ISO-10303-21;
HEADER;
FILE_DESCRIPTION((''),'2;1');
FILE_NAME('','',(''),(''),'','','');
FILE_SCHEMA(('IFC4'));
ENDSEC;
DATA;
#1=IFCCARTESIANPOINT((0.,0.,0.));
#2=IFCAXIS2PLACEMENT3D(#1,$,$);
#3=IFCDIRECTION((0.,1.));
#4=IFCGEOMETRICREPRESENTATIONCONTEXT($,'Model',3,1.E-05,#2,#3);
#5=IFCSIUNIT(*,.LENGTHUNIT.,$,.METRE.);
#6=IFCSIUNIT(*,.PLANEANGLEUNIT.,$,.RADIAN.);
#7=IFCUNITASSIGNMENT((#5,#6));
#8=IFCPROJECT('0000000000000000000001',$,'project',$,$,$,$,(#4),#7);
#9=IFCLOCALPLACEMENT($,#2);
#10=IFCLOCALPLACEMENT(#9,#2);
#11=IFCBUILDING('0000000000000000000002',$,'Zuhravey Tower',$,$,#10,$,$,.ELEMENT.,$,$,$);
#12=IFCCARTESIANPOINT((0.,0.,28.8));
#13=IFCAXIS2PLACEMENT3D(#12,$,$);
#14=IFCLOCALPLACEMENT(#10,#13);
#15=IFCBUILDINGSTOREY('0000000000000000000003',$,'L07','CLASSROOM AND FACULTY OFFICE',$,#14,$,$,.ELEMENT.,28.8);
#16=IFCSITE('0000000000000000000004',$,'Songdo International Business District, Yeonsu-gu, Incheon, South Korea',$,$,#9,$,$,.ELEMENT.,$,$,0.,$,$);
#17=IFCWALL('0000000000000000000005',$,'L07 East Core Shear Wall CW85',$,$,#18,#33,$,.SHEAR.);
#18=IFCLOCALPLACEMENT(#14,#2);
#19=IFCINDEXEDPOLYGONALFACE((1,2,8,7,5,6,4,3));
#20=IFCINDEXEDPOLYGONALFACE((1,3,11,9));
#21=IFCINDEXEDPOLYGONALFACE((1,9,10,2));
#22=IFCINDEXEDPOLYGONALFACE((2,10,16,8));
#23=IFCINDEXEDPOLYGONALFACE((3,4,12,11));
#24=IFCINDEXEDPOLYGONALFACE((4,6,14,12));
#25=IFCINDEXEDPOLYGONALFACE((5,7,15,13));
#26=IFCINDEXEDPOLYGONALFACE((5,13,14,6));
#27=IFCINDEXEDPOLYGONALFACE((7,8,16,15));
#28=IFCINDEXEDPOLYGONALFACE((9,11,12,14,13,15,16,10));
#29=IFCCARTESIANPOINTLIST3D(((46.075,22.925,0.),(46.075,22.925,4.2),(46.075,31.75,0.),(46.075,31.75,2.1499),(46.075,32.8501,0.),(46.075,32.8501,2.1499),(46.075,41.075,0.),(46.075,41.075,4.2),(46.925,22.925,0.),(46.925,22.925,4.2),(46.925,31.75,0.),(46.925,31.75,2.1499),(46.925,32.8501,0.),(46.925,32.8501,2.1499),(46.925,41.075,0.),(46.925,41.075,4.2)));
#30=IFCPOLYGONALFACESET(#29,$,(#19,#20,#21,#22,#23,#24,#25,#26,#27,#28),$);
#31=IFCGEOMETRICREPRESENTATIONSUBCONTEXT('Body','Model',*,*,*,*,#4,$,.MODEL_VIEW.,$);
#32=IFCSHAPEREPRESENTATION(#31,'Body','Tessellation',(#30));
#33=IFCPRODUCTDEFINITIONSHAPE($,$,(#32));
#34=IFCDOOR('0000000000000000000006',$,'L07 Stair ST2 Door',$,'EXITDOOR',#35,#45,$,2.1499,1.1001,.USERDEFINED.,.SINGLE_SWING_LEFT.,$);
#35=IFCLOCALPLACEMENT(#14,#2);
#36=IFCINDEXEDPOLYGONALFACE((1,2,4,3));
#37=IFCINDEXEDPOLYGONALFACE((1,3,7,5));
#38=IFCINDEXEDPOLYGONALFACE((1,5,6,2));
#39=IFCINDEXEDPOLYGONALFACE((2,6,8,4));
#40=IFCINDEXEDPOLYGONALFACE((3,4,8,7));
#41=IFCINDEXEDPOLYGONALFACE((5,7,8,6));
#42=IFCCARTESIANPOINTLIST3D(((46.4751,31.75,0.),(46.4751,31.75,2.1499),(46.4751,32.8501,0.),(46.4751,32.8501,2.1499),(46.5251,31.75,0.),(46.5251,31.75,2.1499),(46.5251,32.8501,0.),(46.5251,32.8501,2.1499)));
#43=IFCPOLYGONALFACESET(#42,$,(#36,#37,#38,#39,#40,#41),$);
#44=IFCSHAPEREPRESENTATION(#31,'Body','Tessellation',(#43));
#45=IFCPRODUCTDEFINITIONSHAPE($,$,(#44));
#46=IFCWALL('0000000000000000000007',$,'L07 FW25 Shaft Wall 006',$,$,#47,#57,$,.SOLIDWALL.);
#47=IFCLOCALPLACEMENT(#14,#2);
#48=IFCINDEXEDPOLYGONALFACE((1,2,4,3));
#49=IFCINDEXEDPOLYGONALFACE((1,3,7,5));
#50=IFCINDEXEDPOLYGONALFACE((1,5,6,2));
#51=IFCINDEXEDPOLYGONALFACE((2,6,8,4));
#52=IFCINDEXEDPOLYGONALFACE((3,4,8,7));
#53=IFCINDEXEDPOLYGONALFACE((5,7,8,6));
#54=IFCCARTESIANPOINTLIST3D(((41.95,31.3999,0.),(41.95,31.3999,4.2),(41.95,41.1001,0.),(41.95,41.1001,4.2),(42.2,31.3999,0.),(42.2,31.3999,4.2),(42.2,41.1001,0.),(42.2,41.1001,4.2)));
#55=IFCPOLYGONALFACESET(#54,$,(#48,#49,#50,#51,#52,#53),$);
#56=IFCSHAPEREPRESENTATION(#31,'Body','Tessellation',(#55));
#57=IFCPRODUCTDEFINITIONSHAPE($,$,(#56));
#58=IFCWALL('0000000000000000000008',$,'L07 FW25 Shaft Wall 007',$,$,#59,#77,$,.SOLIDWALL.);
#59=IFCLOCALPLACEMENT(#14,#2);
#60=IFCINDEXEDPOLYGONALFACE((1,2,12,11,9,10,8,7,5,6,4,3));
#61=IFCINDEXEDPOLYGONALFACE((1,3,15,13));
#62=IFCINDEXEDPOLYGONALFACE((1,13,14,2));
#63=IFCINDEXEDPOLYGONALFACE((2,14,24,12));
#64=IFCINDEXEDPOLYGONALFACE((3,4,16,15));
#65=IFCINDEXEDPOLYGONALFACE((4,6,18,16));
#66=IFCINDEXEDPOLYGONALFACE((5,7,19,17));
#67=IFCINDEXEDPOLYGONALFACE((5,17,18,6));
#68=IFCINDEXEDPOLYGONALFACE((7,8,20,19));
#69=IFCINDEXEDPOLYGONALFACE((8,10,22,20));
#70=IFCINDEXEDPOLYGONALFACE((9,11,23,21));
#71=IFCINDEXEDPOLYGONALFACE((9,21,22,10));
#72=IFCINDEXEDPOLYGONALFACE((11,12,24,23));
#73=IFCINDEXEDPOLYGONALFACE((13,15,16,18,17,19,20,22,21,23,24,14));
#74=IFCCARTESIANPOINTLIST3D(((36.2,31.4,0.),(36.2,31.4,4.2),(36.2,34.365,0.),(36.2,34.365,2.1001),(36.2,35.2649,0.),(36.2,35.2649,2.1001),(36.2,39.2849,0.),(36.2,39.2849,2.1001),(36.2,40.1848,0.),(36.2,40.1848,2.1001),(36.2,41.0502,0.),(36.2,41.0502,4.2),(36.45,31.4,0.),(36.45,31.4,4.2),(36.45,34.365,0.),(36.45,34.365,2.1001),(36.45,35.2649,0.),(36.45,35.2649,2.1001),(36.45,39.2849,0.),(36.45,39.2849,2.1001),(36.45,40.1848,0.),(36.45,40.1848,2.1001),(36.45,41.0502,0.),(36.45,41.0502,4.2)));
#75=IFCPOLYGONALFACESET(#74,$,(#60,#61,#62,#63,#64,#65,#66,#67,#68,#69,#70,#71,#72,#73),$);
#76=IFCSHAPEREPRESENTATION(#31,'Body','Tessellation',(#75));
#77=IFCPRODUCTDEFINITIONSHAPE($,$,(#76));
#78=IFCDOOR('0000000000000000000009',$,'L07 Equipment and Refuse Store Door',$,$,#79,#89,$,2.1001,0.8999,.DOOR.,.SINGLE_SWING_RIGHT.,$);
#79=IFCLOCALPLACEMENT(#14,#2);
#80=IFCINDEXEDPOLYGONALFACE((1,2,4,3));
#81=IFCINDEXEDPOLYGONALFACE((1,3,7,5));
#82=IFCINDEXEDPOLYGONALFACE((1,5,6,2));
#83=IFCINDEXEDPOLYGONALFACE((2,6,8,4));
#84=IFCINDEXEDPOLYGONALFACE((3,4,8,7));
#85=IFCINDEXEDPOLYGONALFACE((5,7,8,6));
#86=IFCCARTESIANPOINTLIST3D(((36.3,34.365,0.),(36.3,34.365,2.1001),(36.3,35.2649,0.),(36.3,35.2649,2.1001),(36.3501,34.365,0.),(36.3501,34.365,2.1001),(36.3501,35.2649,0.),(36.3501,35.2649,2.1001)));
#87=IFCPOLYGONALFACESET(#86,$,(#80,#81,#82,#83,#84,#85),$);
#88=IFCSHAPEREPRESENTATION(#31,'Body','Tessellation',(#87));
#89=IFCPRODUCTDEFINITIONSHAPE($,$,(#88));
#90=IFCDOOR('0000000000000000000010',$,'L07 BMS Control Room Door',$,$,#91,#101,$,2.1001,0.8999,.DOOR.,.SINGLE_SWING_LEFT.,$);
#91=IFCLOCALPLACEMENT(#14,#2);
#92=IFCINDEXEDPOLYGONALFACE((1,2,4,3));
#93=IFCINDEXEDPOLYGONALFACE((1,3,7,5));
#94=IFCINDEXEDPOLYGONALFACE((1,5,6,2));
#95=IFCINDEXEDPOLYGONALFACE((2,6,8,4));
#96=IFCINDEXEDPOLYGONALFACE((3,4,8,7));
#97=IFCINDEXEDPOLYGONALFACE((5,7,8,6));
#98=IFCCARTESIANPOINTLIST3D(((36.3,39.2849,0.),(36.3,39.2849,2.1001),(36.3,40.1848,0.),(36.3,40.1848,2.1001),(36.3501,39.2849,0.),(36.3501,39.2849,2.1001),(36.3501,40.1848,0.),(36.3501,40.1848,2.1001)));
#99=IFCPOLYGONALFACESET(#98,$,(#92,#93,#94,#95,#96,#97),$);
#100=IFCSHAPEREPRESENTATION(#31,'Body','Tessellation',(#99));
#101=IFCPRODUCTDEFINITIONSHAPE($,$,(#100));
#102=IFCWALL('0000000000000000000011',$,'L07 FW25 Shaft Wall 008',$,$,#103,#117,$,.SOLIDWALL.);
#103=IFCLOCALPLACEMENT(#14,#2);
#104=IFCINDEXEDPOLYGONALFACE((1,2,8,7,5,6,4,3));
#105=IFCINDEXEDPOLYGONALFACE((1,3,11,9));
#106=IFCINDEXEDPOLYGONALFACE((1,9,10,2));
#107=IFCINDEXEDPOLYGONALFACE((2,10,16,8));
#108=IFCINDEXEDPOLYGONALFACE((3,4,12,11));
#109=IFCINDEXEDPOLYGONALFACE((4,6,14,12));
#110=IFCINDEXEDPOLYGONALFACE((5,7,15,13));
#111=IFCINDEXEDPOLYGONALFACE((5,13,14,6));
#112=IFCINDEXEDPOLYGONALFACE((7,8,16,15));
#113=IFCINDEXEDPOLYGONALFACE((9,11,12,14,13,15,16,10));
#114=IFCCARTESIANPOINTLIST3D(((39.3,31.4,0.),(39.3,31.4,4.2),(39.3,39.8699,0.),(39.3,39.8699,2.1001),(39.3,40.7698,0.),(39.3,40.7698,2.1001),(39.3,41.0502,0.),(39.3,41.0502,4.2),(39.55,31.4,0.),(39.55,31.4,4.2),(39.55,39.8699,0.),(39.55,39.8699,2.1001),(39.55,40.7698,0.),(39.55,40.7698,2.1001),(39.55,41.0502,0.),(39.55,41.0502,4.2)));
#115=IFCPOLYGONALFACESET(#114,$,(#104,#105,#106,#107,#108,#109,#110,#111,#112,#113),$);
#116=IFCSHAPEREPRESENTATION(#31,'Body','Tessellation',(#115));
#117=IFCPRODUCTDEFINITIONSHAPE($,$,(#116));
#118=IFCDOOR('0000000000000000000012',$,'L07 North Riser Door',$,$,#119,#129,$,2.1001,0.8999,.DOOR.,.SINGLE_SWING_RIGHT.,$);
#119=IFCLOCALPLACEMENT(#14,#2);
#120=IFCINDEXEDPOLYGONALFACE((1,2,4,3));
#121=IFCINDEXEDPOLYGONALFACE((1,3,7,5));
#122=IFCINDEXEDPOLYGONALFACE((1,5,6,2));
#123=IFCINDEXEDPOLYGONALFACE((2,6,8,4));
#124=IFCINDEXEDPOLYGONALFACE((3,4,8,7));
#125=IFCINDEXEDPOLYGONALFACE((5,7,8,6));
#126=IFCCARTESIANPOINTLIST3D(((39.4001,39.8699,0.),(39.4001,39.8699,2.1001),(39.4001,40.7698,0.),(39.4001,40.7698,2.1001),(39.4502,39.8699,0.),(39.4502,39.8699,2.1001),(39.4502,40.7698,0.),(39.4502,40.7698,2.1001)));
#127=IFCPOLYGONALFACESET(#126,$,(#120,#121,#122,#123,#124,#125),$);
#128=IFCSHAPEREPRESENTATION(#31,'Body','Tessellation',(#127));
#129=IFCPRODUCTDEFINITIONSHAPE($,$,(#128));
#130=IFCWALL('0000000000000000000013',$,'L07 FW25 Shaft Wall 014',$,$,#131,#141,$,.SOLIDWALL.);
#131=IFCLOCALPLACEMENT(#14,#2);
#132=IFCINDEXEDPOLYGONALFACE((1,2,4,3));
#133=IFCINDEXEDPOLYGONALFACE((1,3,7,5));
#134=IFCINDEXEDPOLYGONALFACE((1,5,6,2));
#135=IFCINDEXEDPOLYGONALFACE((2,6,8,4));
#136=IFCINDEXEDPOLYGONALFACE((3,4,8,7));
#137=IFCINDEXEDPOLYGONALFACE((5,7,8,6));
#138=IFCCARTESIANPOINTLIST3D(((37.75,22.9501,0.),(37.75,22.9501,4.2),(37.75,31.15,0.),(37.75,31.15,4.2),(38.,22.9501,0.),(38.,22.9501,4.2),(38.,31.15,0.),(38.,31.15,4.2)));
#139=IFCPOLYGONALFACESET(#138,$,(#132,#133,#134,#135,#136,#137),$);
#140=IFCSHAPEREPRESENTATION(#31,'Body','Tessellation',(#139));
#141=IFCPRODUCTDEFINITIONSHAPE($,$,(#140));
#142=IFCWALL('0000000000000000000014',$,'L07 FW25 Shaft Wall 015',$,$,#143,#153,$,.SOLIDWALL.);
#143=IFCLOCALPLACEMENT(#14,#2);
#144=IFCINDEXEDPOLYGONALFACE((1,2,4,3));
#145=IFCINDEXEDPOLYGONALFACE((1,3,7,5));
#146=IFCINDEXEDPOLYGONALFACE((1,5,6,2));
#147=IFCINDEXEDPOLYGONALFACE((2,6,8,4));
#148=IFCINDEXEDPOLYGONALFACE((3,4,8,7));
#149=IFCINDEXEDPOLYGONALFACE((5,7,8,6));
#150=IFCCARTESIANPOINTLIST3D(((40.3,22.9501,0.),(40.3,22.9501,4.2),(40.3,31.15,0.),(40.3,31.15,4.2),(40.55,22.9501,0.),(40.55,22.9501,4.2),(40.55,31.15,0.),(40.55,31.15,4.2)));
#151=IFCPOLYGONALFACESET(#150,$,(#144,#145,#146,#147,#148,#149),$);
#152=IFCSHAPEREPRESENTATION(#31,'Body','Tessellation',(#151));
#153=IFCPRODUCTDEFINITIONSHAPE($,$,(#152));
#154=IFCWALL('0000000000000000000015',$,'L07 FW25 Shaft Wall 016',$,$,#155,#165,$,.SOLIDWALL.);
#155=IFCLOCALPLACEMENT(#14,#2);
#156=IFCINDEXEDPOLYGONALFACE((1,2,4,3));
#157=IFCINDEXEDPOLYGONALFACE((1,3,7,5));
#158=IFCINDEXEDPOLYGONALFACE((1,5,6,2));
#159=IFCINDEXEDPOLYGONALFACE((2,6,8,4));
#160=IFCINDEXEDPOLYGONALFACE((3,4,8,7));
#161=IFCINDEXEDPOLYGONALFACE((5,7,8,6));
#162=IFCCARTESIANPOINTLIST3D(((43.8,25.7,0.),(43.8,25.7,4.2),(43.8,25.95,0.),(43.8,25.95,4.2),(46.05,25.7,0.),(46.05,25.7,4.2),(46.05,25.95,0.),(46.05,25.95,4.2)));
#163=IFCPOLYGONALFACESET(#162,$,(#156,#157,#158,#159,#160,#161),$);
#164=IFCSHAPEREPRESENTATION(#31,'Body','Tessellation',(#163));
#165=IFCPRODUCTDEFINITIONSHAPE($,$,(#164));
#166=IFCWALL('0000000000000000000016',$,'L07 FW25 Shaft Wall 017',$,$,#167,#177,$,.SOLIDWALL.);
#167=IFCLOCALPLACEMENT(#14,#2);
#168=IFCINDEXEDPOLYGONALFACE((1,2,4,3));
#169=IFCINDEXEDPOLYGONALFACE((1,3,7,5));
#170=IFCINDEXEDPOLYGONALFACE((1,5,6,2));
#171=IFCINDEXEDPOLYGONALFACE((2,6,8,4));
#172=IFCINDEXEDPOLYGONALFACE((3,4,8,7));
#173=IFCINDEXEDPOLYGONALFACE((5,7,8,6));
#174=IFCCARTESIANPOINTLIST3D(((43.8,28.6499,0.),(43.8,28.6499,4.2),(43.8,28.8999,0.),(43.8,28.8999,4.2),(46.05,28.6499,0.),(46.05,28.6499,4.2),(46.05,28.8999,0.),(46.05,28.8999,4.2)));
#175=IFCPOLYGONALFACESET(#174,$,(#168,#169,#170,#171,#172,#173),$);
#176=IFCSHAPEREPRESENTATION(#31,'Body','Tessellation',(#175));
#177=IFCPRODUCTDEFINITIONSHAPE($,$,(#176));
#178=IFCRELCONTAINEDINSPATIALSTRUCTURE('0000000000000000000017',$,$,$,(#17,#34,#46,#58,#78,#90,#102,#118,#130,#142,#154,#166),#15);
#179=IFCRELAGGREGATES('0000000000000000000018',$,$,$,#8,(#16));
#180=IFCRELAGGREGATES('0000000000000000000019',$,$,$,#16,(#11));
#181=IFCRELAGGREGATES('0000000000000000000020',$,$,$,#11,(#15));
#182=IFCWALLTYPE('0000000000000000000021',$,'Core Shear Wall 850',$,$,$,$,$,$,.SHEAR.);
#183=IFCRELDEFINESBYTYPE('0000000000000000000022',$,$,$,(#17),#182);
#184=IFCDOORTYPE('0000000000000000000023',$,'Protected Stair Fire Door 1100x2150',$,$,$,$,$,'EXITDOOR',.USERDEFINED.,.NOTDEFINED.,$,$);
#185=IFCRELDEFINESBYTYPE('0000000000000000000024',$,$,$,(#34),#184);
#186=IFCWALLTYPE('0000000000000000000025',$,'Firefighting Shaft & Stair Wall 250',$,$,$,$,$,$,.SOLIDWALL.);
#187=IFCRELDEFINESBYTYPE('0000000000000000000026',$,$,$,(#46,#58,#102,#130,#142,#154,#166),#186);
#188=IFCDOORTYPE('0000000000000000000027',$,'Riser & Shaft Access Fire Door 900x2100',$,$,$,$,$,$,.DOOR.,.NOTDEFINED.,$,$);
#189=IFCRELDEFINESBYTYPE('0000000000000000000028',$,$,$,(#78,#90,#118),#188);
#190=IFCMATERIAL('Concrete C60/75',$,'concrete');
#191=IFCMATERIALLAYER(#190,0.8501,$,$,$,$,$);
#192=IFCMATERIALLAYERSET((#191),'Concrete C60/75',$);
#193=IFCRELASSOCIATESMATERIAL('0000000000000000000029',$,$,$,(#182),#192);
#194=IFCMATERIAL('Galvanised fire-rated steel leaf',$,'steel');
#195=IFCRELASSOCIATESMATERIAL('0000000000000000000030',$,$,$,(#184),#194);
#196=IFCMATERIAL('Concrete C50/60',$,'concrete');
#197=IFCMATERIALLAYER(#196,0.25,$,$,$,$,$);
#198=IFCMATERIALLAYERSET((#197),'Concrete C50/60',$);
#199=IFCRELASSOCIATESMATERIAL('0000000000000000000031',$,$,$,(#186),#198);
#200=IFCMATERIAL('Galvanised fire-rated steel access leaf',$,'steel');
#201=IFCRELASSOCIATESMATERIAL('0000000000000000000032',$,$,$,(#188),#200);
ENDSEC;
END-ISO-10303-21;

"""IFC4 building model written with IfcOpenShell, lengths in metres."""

from ifc_helpers import new_model, si_unit, direction, frame, frame_2d, origin, place, context, subcontext, project, spatial, rectangle, extrude, material, layer, layer_set, type_object, element, fill, save


model = new_model("IFC4")

# Units and contexts
model_context = context("Model", 3, precision=1e-05, world=origin(), true_north=direction((0.0, 1.0)))
body_context = subcontext(model_context, "Body", "Model", "MODEL_VIEW")
ifc_project = project(units=[si_unit("LENGTHUNIT", "METRE"), si_unit("PLANEANGLEUNIT", "RADIAN")], contexts=[model_context])

# Site, building, storey
site_placement = place(None, origin())
site = spatial("IfcSite", under=ifc_project, at=site_placement, Name="Songdo International Business District, Yeonsu-gu, Incheon, South Korea", CompositionType="ELEMENT", RefElevation=0.0)
building_placement = place(site_placement, origin())
building = spatial("IfcBuilding", under=site, at=building_placement, Name="Zuhravey Tower", CompositionType="ELEMENT")
storey_placement = place(building_placement, frame((0.0, 0.0, 28.8)))
storey = spatial("IfcBuildingStorey", under=building, at=storey_placement, Name="L07", Description="CLASSROOM AND FACULTY OFFICE", CompositionType="ELEMENT", Elevation=28.8)

# Wall, opening, door
ifc_material_1 = material(Name="Concrete C60/75", Category="concrete")
ifc_layer_1 = layer(ifc_material_1, 0.8501)
ifc_layer_set_1 = layer_set([ifc_layer_1], Name="Concrete C60/75")
wall_type_1 = type_object("IfcWallType", Name="Core Shear Wall 850", PredefinedType="SHEAR", material=ifc_layer_set_1)
ifc_material_2 = material(Name="Galvanised fire-rated steel leaf", Category="steel")
wall_1_placement = place(storey_placement, frame((46.5, 22.925, 0.0), z_axis=(0.0, 0.0, 1.0), x_axis=(0.0, 1.0, 0.0)))
wall_1 = element("IfcWall", 1, at=wall_1_placement, inside=storey, type_object=wall_type_1, Name="L07 East Core Shear Wall CW85", PredefinedType="SHEAR", context=body_context, shape_type="SweptSolid", body=[
    extrude(rectangle(XDim=18.1499, YDim=0.8501, at=frame_2d((9.075, 0.0))), origin(), (0.0, 0.0, 1.0), 4.2),
])
opening_1_placement = place(wall_1_placement, frame((8.825, 0.0, 0.0)))
opening_1 = element("IfcOpeningElement", 2, at=opening_1_placement, cuts=wall_1, PredefinedType="OPENING", context=body_context, shape_type="SweptSolid", body=[
    extrude(rectangle(XDim=1.1001, YDim=2.1499, at=frame_2d((0.55, 1.075))), frame((0.0, 0.437, 0.0), z_axis=(0.0, -1.0, 0.0), x_axis=(1.0, 0.0, 0.0)), (0.0, 0.0, 1.0), 0.874),
])
door_type_1 = type_object("IfcDoorType", Name="Protected Stair Fire Door 1100x2150", ElementType="EXITDOOR", OperationType="NOTDEFINED", PredefinedType="USERDEFINED", material=ifc_material_2)
door_1_placement = place(opening_1_placement, origin())
door_1 = element("IfcDoor", 3, at=door_1_placement, inside=storey, type_object=door_type_1, Name="L07 Stair ST2 Door", ObjectType="EXITDOOR", OperationType="SINGLE_SWING_LEFT", OverallHeight=2.1499, OverallWidth=1.1001, PredefinedType="USERDEFINED", context=body_context, shape_type="SweptSolid", body=[
    extrude(rectangle(XDim=1.1001, YDim=2.1499, at=frame_2d((0.55, 1.075))), frame((0.0, 0.0249, 0.0), z_axis=(0.0, -1.0, 0.0), x_axis=(1.0, 0.0, 0.0)), (0.0, 0.0, 1.0), 0.05),
])
fill(opening_1, door_1)

# Wall
ifc_material_3 = material(Name="Concrete C50/60", Category="concrete")
ifc_layer_2 = layer(ifc_material_3, 0.25)
ifc_layer_set_2 = layer_set([ifc_layer_2], Name="Concrete C50/60")
wall_type_2 = type_object("IfcWallType", Name="Firefighting Shaft & Stair Wall 250", PredefinedType="SOLIDWALL", material=ifc_layer_set_2)
wall_2_placement = place(storey_placement, frame((42.075, 31.3999, 0.0), z_axis=(0.0, 0.0, 1.0), x_axis=(0.0, 1.0, 0.0)))
element("IfcWall", 4, at=wall_2_placement, inside=storey, type_object=wall_type_2, Name="L07 FW25 Shaft Wall 006", PredefinedType="SOLIDWALL", context=body_context, shape_type="SweptSolid", body=[
    extrude(rectangle(XDim=9.7002, YDim=0.25, at=frame_2d((4.8501, 0.0))), origin(), (0.0, 0.0, 1.0), 4.2),
])

# Wall, openings, doors
wall_3_placement = place(storey_placement, frame((36.325, 31.3999, 0.0), z_axis=(0.0, 0.0, 1.0), x_axis=(0.0, 1.0, 0.0)))
wall_3 = element("IfcWall", 5, at=wall_3_placement, inside=storey, type_object=wall_type_2, Name="L07 FW25 Shaft Wall 007", PredefinedType="SOLIDWALL", context=body_context, shape_type="SweptSolid", body=[
    extrude(rectangle(XDim=9.6501, YDim=0.25, at=frame_2d((4.8252, 0.0))), origin(), (0.0, 0.0, 1.0), 4.2),
])
opening_2_placement = place(wall_3_placement, frame((2.9651, 0.0, 0.0)))
opening_2 = element("IfcOpeningElement", 6, at=opening_2_placement, cuts=wall_3, PredefinedType="OPENING", context=body_context, shape_type="SweptSolid", body=[
    extrude(rectangle(XDim=0.8999, YDim=2.1001, at=frame_2d((0.45, 1.05))), frame((0.0, 0.137, 0.0), z_axis=(0.0, -1.0, 0.0), x_axis=(1.0, 0.0, 0.0)), (0.0, 0.0, 1.0), 0.2739),
])
opening_3_placement = place(wall_3_placement, frame((7.885, 0.0, 0.0)))
opening_3 = element("IfcOpeningElement", 7, at=opening_3_placement, cuts=wall_3, PredefinedType="OPENING", context=body_context, shape_type="SweptSolid", body=[
    extrude(rectangle(XDim=0.8999, YDim=2.1001, at=frame_2d((0.45, 1.05))), frame((0.0, 0.137, 0.0), z_axis=(0.0, -1.0, 0.0), x_axis=(1.0, 0.0, 0.0)), (0.0, 0.0, 1.0), 0.2739),
])
ifc_material_4 = material(Name="Galvanised fire-rated steel access leaf", Category="steel")
door_type_2 = type_object("IfcDoorType", Name="Riser & Shaft Access Fire Door 900x2100", OperationType="NOTDEFINED", PredefinedType="DOOR", material=ifc_material_4)
door_2_placement = place(opening_2_placement, origin())
door_2 = element("IfcDoor", 8, at=door_2_placement, inside=storey, type_object=door_type_2, Name="L07 Equipment and Refuse Store Door", OperationType="SINGLE_SWING_RIGHT", OverallHeight=2.1001, OverallWidth=0.8999, PredefinedType="DOOR", context=body_context, shape_type="SweptSolid", body=[
    extrude(rectangle(XDim=0.8999, YDim=2.1001, at=frame_2d((0.45, 1.05))), frame((0.0, 0.0249, 0.0), z_axis=(0.0, -1.0, 0.0), x_axis=(1.0, 0.0, 0.0)), (0.0, 0.0, 1.0), 0.05),
])
fill(opening_2, door_2)
door_3_placement = place(opening_3_placement, origin())
door_3 = element("IfcDoor", 9, at=door_3_placement, inside=storey, type_object=door_type_2, Name="L07 BMS Control Room Door", OperationType="SINGLE_SWING_LEFT", OverallHeight=2.1001, OverallWidth=0.8999, PredefinedType="DOOR", context=body_context, shape_type="SweptSolid", body=[
    extrude(rectangle(XDim=0.8999, YDim=2.1001, at=frame_2d((0.45, 1.05))), frame((0.0, 0.0249, 0.0), z_axis=(0.0, -1.0, 0.0), x_axis=(1.0, 0.0, 0.0)), (0.0, 0.0, 1.0), 0.05),
])
fill(opening_3, door_3)

# Wall, opening, door
wall_4_placement = place(storey_placement, frame((39.425, 31.3999, 0.0), z_axis=(0.0, 0.0, 1.0), x_axis=(0.0, 1.0, 0.0)))
wall_4 = element("IfcWall", 10, at=wall_4_placement, inside=storey, type_object=wall_type_2, Name="L07 FW25 Shaft Wall 008", PredefinedType="SOLIDWALL", context=body_context, shape_type="SweptSolid", body=[
    extrude(rectangle(XDim=9.6501, YDim=0.25, at=frame_2d((4.8252, 0.0))), origin(), (0.0, 0.0, 1.0), 4.2),
])
opening_4_placement = place(wall_4_placement, frame((8.47, 0.0, 0.0)))
opening_4 = element("IfcOpeningElement", 11, at=opening_4_placement, cuts=wall_4, PredefinedType="OPENING", context=body_context, shape_type="SweptSolid", body=[
    extrude(rectangle(XDim=0.8999, YDim=2.1001, at=frame_2d((0.45, 1.05))), frame((0.0, 0.137, 0.0), z_axis=(0.0, -1.0, 0.0), x_axis=(1.0, 0.0, 0.0)), (0.0, 0.0, 1.0), 0.2739),
])
door_4_placement = place(opening_4_placement, origin())
door_4 = element("IfcDoor", 12, at=door_4_placement, inside=storey, type_object=door_type_2, Name="L07 North Riser Door", OperationType="SINGLE_SWING_RIGHT", OverallHeight=2.1001, OverallWidth=0.8999, PredefinedType="DOOR", context=body_context, shape_type="SweptSolid", body=[
    extrude(rectangle(XDim=0.8999, YDim=2.1001, at=frame_2d((0.45, 1.05))), frame((0.0, 0.0249, 0.0), z_axis=(0.0, -1.0, 0.0), x_axis=(1.0, 0.0, 0.0)), (0.0, 0.0, 1.0), 0.05),
])
fill(opening_4, door_4)

# Walls
for number, where, z_axis, x_axis, name in (
    (13, (37.875, 22.95, 0.0), (0.0, 0.0, 1.0), (0.0, 1.0, 0.0), "L07 FW25 Shaft Wall 014"),
    (14, (40.425, 22.95, 0.0), (0.0, 0.0, 1.0), (0.0, 1.0, 0.0), "L07 FW25 Shaft Wall 015"),
):
    element("IfcWall", number, at=place(storey_placement, frame(where, z_axis=z_axis, x_axis=x_axis)), inside=storey, type_object=wall_type_2, Name=name, PredefinedType="SOLIDWALL", context=body_context, shape_type="SweptSolid", body=[
        extrude(rectangle(XDim=8.2, YDim=0.25, at=frame_2d((4.1001, 0.0))), origin(), (0.0, 0.0, 1.0), 4.2),
    ])
for number, where, z_axis, x_axis, name in (
    (15, (43.8, 25.825, 0.0), (0.0, 0.0, 1.0), (1.0, 0.0, 0.0), "L07 FW25 Shaft Wall 016"),
    (16, (43.8, 28.7749, 0.0), (0.0, 0.0, 1.0), (1.0, 0.0, 0.0), "L07 FW25 Shaft Wall 017"),
):
    element("IfcWall", number, at=place(storey_placement, frame(where, z_axis=z_axis, x_axis=x_axis)), inside=storey, type_object=wall_type_2, Name=name, PredefinedType="SOLIDWALL", context=body_context, shape_type="SweptSolid", body=[
        extrude(rectangle(XDim=2.25, YDim=0.25, at=frame_2d((1.125, 0.0))), origin(), (0.0, 0.0, 1.0), 4.2),
    ])

save(model, "model.ifc")
